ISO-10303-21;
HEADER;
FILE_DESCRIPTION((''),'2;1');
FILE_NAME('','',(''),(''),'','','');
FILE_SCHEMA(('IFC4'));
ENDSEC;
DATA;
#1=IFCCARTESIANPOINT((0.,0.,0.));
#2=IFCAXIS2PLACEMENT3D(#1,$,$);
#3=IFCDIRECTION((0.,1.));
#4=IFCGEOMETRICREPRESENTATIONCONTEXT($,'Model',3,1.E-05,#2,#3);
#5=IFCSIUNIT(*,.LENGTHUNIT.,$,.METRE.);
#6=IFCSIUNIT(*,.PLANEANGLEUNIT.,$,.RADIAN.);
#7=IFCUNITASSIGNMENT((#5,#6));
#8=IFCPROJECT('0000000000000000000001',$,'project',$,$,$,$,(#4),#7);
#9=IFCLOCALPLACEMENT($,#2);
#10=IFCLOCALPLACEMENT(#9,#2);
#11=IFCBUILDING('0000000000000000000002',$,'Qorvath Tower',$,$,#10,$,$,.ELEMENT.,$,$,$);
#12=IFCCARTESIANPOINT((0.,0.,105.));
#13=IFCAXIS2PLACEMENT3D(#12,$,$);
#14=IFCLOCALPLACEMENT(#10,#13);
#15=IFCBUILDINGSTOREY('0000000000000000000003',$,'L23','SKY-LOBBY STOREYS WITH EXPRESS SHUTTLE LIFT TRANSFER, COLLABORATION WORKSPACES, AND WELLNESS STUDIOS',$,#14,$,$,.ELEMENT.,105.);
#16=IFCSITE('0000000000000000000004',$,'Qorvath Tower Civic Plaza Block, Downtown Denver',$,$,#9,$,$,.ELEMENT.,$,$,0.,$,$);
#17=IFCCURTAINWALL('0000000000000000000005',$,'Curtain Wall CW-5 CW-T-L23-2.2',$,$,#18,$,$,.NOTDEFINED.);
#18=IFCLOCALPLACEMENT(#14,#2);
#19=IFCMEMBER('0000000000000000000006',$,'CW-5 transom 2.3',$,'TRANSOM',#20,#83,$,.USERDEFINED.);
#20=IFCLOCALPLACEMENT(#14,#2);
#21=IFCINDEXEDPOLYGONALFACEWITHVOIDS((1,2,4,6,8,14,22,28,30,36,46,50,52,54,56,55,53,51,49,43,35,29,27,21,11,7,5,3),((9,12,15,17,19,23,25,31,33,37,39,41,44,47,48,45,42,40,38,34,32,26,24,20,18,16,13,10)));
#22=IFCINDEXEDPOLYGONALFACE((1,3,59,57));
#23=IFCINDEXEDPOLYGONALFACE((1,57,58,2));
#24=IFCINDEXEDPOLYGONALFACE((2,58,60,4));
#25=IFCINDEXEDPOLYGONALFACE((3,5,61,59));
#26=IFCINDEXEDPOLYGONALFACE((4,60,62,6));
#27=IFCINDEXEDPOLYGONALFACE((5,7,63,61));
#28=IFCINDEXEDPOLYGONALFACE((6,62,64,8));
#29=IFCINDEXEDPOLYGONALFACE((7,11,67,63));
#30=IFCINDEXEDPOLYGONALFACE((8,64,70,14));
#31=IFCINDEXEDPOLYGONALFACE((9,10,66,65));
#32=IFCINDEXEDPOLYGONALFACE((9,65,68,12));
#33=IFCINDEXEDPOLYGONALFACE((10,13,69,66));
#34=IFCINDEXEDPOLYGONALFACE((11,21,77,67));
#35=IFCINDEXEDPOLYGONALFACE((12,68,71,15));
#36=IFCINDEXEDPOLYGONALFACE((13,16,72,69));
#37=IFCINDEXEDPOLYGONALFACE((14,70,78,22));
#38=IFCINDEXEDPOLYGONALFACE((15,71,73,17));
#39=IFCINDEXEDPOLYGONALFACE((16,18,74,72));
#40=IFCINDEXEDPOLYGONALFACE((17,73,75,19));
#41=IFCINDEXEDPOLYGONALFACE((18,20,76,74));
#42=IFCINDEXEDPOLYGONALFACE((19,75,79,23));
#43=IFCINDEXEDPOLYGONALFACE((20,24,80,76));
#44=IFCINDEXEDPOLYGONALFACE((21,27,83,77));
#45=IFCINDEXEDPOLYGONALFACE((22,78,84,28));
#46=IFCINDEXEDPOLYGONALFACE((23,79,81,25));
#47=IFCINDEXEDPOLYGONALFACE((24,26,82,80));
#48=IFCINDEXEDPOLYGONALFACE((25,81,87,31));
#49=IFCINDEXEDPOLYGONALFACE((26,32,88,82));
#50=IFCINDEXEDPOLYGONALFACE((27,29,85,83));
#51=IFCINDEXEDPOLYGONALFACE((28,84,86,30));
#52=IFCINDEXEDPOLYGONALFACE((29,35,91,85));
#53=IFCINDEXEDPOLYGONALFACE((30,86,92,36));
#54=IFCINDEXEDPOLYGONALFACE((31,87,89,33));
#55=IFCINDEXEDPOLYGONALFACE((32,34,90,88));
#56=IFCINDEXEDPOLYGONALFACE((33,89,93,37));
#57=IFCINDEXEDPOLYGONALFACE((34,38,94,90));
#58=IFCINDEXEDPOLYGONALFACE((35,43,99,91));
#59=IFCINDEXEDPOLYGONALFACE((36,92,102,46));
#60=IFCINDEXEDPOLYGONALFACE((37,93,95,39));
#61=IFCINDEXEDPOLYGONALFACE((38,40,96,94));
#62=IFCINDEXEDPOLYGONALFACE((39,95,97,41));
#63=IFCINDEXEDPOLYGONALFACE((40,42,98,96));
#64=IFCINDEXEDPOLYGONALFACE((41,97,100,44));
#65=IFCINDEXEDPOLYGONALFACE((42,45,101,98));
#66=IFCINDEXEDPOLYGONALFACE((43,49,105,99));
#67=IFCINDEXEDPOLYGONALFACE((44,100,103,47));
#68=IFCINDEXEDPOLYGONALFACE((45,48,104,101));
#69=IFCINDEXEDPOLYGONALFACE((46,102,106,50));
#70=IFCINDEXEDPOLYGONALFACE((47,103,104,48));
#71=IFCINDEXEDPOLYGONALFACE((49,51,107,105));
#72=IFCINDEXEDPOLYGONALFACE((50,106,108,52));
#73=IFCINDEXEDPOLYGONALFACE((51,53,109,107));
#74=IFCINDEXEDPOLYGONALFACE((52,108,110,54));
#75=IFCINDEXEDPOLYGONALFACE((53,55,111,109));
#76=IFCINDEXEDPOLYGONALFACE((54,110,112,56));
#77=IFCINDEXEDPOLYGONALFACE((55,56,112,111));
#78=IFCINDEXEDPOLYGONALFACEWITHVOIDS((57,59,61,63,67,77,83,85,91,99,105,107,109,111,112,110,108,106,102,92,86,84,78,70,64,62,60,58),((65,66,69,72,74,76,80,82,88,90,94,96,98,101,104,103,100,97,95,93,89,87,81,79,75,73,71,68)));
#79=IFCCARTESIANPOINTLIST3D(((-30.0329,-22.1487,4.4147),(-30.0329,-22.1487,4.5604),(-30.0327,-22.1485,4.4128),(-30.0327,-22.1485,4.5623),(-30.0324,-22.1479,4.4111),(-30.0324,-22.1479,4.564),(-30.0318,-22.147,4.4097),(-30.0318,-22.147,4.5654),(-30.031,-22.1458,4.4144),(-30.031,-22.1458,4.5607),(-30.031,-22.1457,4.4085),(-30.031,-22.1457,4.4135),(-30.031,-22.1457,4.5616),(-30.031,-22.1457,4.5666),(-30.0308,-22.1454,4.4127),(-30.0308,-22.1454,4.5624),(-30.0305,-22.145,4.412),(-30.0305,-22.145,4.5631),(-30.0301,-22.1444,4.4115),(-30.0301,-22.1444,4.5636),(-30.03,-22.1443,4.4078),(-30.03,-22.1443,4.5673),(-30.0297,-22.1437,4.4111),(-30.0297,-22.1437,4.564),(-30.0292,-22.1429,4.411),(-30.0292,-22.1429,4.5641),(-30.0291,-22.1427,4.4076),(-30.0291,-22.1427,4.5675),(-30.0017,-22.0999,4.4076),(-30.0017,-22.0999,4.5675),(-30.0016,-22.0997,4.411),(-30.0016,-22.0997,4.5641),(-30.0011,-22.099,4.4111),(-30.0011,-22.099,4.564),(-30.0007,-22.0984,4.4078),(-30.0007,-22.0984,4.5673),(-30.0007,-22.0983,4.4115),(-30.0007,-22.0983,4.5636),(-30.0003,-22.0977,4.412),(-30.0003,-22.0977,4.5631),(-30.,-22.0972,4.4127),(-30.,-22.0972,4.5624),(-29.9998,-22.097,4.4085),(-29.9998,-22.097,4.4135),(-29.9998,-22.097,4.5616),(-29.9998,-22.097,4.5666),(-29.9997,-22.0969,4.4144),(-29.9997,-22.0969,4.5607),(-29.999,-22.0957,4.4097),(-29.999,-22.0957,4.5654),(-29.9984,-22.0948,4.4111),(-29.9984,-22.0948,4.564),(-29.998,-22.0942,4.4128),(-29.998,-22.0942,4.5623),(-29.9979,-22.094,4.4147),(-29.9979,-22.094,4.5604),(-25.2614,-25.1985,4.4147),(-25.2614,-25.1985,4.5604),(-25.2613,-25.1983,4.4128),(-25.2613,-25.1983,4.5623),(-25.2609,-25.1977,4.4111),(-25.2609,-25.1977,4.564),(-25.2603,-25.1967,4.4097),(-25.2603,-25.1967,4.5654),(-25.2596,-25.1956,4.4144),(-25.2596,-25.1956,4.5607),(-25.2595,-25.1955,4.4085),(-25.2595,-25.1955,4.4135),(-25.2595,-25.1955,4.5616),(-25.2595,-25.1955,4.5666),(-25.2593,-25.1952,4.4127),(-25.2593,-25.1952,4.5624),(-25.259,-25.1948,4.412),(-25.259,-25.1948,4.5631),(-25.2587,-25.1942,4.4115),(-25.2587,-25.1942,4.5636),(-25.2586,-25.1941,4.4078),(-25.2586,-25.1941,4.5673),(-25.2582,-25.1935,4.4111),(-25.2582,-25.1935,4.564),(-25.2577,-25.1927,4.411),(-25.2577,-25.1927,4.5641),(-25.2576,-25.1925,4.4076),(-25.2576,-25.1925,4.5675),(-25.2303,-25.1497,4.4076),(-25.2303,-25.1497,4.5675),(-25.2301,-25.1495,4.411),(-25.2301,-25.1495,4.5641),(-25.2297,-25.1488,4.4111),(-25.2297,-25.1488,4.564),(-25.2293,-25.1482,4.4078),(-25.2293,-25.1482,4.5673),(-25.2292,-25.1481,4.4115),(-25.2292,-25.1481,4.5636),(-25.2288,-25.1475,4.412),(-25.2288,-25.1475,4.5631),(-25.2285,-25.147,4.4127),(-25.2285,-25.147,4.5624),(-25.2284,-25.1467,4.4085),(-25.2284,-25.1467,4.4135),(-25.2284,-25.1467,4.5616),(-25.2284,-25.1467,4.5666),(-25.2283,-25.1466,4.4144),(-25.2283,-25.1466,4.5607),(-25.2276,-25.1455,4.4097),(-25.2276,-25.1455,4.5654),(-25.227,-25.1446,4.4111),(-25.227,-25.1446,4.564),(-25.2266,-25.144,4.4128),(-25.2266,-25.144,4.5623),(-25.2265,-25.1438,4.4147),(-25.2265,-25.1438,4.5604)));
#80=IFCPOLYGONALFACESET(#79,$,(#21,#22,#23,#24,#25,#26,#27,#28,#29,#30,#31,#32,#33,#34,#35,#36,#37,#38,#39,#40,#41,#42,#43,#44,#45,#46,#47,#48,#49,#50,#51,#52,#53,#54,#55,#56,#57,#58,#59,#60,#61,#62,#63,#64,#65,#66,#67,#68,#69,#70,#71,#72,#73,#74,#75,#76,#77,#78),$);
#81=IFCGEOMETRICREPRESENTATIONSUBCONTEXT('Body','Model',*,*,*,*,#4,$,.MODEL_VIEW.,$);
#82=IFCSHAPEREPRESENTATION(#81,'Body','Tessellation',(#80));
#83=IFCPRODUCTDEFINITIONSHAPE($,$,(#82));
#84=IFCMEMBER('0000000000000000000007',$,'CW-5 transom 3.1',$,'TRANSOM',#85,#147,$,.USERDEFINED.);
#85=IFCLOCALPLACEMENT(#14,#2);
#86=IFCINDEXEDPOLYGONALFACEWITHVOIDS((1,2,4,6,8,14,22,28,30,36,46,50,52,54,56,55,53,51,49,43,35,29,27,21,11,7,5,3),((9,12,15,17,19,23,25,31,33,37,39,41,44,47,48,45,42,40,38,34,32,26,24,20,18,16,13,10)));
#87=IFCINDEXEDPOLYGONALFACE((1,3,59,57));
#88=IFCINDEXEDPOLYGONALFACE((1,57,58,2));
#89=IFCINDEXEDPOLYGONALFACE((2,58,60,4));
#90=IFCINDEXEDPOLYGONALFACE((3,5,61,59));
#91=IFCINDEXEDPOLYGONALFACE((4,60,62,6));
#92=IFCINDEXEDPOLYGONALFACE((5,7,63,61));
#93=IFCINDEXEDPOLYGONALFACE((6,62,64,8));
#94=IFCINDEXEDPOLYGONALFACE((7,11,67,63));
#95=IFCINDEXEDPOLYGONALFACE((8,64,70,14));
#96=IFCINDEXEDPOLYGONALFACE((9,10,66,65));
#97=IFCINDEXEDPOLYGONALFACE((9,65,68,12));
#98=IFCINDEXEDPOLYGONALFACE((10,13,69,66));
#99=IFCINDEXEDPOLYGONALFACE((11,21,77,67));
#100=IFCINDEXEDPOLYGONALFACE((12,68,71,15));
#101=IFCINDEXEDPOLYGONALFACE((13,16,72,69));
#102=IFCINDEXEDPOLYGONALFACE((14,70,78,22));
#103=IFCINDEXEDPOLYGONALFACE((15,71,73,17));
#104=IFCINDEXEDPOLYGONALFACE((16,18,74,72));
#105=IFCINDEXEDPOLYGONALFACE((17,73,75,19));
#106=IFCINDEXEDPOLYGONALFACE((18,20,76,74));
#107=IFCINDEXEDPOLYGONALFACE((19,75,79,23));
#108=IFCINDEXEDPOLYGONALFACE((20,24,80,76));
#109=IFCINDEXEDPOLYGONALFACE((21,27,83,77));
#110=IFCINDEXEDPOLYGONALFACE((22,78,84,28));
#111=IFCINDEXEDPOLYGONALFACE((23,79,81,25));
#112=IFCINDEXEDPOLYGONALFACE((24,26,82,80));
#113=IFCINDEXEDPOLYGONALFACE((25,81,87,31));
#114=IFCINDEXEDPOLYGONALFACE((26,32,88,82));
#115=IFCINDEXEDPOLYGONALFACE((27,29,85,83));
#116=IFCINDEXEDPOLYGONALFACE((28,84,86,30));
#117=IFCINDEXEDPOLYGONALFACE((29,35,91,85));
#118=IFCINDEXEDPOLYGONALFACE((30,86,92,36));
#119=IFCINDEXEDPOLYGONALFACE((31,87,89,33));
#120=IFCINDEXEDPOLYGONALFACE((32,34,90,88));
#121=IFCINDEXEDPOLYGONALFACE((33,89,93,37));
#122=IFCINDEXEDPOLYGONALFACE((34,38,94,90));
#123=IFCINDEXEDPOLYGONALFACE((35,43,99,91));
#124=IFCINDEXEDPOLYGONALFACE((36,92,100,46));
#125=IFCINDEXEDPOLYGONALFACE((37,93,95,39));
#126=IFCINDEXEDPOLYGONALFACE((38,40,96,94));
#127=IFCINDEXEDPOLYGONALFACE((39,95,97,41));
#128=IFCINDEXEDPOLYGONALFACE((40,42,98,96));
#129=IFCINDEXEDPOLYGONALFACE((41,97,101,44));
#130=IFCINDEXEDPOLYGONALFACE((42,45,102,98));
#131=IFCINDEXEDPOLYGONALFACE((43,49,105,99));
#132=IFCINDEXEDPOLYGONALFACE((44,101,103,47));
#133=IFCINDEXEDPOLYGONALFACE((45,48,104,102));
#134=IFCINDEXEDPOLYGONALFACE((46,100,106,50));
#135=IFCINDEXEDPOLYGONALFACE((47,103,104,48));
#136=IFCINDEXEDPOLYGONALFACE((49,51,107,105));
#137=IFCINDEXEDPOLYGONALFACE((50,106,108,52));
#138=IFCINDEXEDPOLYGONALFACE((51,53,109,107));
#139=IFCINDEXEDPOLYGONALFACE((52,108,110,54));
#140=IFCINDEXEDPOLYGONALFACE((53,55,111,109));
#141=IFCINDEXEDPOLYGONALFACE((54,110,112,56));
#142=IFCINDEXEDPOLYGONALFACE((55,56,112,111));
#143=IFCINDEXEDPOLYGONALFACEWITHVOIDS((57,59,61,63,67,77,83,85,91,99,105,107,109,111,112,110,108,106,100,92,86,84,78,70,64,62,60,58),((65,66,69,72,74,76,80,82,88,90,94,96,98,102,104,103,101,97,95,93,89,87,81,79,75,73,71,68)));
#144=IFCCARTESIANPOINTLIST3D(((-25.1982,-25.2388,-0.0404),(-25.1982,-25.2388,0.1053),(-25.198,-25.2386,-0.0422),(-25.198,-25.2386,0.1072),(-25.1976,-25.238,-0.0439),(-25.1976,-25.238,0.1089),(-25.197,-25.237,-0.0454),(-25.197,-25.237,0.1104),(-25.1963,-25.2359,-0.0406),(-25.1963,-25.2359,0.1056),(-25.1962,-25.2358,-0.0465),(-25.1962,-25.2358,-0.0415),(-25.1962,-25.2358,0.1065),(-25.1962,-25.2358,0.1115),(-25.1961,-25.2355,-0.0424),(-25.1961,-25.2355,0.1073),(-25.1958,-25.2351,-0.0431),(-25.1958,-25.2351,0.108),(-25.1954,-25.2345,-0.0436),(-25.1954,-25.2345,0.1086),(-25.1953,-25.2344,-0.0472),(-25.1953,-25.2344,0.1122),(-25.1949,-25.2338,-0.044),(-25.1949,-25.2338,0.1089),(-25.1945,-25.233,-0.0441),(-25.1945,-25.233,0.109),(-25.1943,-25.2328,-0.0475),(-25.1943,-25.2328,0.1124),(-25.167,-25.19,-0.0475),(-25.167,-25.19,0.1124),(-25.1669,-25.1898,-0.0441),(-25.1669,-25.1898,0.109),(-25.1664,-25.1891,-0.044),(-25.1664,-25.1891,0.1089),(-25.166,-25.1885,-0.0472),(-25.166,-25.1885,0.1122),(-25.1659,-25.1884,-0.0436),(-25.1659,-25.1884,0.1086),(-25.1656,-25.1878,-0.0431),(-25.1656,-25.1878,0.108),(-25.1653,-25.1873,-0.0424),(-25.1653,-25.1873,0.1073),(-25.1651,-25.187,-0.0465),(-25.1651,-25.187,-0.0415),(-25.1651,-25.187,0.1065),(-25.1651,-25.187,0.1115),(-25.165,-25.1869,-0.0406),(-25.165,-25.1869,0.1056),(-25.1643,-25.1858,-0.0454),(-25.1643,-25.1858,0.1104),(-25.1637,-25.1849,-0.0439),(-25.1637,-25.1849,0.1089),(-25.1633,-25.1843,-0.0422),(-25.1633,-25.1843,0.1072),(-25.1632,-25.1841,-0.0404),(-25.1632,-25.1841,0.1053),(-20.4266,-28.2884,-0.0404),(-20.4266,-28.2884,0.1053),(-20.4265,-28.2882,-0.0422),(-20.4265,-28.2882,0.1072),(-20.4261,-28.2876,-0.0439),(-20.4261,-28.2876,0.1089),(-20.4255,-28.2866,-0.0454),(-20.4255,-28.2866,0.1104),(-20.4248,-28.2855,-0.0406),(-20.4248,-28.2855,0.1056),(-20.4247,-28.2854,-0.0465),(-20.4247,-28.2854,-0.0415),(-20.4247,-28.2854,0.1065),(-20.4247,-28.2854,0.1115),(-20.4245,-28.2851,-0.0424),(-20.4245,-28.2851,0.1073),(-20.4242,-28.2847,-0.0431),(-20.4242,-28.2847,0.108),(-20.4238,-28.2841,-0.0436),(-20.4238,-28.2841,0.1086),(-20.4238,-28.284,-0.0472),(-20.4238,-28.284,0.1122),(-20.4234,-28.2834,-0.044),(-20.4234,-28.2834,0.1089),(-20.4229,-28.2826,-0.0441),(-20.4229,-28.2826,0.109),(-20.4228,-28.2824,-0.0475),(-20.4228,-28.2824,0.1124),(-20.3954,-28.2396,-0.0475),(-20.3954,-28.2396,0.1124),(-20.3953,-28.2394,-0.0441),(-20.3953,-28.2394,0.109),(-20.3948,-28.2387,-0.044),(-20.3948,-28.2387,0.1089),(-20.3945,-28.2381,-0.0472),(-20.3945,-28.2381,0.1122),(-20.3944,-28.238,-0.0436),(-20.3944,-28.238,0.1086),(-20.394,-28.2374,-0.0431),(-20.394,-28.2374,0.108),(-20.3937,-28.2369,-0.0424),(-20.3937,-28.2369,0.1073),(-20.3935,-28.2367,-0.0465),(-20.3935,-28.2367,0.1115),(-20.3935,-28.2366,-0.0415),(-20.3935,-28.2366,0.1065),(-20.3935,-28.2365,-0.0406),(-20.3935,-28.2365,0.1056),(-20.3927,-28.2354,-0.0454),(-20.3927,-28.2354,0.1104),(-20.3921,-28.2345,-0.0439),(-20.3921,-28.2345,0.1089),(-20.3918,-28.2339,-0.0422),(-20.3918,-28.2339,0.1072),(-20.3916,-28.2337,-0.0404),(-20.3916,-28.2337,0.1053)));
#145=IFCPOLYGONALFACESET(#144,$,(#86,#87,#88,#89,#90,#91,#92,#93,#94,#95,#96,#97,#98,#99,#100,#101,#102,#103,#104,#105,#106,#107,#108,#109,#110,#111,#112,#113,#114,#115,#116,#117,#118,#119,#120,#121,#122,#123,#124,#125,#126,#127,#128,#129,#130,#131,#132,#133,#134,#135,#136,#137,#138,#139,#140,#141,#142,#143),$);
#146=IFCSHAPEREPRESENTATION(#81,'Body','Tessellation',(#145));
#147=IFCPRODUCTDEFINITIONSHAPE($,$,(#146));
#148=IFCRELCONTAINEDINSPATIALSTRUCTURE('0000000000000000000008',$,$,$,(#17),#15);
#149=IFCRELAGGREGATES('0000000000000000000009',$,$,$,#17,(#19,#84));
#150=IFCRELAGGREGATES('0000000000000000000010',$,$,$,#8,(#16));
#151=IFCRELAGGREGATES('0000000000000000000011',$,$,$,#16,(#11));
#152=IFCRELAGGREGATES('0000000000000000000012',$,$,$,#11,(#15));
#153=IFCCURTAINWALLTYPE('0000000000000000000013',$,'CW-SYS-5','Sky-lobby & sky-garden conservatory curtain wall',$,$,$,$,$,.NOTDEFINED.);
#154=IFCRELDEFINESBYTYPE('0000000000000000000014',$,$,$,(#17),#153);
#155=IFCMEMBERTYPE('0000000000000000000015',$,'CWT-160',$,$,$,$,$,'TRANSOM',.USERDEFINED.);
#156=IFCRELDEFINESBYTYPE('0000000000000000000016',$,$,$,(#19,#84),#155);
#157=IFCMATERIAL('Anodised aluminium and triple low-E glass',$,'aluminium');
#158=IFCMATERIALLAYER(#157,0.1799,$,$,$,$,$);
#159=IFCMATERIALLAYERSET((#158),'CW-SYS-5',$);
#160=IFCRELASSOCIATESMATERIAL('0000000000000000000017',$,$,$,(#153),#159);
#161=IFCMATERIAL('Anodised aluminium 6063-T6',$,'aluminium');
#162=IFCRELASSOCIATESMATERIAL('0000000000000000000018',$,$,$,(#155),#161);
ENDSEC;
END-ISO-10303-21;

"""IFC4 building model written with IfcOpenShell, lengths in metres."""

from ifc_helpers import new_model, si_unit, direction, frame, origin, origin_2d, place, context, subcontext, project, spatial, hollow_rectangle, extrude, material, layer, layer_set, material_profile, profile_set, type_object, element, aggregate, save


model = new_model("IFC4")

# Units and contexts
model_context = context("Model", 3, precision=1e-05, world=origin(), true_north=direction((0.0, 1.0)))
body_context = subcontext(model_context, "Body", "Model", "MODEL_VIEW")
ifc_project = project(units=[si_unit("LENGTHUNIT", "METRE"), si_unit("PLANEANGLEUNIT", "RADIAN")], contexts=[model_context])

# Site, building, storey
site_placement = place(None, origin())
site = spatial("IfcSite", under=ifc_project, at=site_placement, Name="Qorvath Tower Civic Plaza Block, Downtown Denver", CompositionType="ELEMENT", RefElevation=0.0)
building_placement = place(site_placement, origin())
building = spatial("IfcBuilding", under=site, at=building_placement, Name="Qorvath Tower", CompositionType="ELEMENT")
storey_placement = place(building_placement, frame((0.0, 0.0, 105.0)))
storey = spatial("IfcBuildingStorey", under=building, at=storey_placement, Name="L23", Description="SKY-LOBBY STOREYS WITH EXPRESS SHUTTLE LIFT TRANSFER, COLLABORATION WORKSPACES, AND WELLNESS STUDIOS", CompositionType="ELEMENT", Elevation=105.0)

# Curtain wall, members
ifc_material_1 = material(Name="Anodised aluminium and triple low-E glass", Category="aluminium")
ifc_layer_1 = layer(ifc_material_1, 0.1799)
ifc_layer_set_1 = layer_set([ifc_layer_1], Name="CW-SYS-5")
curtain_wall_type = type_object("IfcCurtainWallType", Name="CW-SYS-5", Description="Sky-lobby & sky-garden conservatory curtain wall", PredefinedType="NOTDEFINED", material=ifc_layer_set_1)
curtain_wall_placement = place(storey_placement, origin())
curtain_wall = element("IfcCurtainWall", 1, at=curtain_wall_placement, inside=storey, type_object=curtain_wall_type, Name="Curtain Wall CW-5 CW-T-L23-2.2", PredefinedType="NOTDEFINED")
ifc_material_2 = material(Name="Anodised aluminium 6063-T6", Category="aluminium")
ifc_material_profile_1 = material_profile(ifc_material_2, hollow_rectangle(XDim=0.0649, YDim=0.1599, WallThickness=0.0034, InnerFilletRadius=0.0034, OuterFilletRadius=0.0071, at=origin_2d()), Name="CWT 160x65")
ifc_profile_set_1 = profile_set([ifc_material_profile_1], Name="Anodised aluminium 6063-T6")
member_type_1 = type_object("IfcMemberType", Name="CWT-160", ElementType="TRANSOM", PredefinedType="USERDEFINED", material=ifc_profile_set_1)
member_1_placement = place(storey_placement, frame((-30.0154, -22.1213, 4.4875), z_axis=(0.842588, -0.538559, 0.0), x_axis=(0.538559, 0.842588, 0.0)))
member_1 = element("IfcMember", 2, at=member_1_placement, type_object=member_type_1, Name="CW-5 transom 2.3", ObjectType="TRANSOM", PredefinedType="USERDEFINED", context=body_context, shape_type="SweptSolid", body=[
    extrude(hollow_rectangle(XDim=0.0649, YDim=0.1599, WallThickness=0.0034, InnerFilletRadius=0.0034, OuterFilletRadius=0.0071, at=origin_2d()), origin(), (0.0, 0.0, 1.0), 5.6628),
])
member_2_placement = place(storey_placement, frame((-25.1807, -25.2114, 0.0325), z_axis=(0.842607, -0.538529, 0.0), x_axis=(0.538529, 0.842607, 0.0)))
member_2 = element("IfcMember", 3, at=member_2_placement, type_object=member_type_1, Name="CW-5 transom 3.1", ObjectType="TRANSOM", PredefinedType="USERDEFINED", context=body_context, shape_type="SweptSolid", body=[
    extrude(hollow_rectangle(XDim=0.0649, YDim=0.1599, WallThickness=0.0034, InnerFilletRadius=0.0034, OuterFilletRadius=0.0071, at=origin_2d()), origin(), (0.0, 0.0, 1.0), 5.6628),
])

aggregate(curtain_wall, [member_1, member_2])

save(model, "model.ifc")
